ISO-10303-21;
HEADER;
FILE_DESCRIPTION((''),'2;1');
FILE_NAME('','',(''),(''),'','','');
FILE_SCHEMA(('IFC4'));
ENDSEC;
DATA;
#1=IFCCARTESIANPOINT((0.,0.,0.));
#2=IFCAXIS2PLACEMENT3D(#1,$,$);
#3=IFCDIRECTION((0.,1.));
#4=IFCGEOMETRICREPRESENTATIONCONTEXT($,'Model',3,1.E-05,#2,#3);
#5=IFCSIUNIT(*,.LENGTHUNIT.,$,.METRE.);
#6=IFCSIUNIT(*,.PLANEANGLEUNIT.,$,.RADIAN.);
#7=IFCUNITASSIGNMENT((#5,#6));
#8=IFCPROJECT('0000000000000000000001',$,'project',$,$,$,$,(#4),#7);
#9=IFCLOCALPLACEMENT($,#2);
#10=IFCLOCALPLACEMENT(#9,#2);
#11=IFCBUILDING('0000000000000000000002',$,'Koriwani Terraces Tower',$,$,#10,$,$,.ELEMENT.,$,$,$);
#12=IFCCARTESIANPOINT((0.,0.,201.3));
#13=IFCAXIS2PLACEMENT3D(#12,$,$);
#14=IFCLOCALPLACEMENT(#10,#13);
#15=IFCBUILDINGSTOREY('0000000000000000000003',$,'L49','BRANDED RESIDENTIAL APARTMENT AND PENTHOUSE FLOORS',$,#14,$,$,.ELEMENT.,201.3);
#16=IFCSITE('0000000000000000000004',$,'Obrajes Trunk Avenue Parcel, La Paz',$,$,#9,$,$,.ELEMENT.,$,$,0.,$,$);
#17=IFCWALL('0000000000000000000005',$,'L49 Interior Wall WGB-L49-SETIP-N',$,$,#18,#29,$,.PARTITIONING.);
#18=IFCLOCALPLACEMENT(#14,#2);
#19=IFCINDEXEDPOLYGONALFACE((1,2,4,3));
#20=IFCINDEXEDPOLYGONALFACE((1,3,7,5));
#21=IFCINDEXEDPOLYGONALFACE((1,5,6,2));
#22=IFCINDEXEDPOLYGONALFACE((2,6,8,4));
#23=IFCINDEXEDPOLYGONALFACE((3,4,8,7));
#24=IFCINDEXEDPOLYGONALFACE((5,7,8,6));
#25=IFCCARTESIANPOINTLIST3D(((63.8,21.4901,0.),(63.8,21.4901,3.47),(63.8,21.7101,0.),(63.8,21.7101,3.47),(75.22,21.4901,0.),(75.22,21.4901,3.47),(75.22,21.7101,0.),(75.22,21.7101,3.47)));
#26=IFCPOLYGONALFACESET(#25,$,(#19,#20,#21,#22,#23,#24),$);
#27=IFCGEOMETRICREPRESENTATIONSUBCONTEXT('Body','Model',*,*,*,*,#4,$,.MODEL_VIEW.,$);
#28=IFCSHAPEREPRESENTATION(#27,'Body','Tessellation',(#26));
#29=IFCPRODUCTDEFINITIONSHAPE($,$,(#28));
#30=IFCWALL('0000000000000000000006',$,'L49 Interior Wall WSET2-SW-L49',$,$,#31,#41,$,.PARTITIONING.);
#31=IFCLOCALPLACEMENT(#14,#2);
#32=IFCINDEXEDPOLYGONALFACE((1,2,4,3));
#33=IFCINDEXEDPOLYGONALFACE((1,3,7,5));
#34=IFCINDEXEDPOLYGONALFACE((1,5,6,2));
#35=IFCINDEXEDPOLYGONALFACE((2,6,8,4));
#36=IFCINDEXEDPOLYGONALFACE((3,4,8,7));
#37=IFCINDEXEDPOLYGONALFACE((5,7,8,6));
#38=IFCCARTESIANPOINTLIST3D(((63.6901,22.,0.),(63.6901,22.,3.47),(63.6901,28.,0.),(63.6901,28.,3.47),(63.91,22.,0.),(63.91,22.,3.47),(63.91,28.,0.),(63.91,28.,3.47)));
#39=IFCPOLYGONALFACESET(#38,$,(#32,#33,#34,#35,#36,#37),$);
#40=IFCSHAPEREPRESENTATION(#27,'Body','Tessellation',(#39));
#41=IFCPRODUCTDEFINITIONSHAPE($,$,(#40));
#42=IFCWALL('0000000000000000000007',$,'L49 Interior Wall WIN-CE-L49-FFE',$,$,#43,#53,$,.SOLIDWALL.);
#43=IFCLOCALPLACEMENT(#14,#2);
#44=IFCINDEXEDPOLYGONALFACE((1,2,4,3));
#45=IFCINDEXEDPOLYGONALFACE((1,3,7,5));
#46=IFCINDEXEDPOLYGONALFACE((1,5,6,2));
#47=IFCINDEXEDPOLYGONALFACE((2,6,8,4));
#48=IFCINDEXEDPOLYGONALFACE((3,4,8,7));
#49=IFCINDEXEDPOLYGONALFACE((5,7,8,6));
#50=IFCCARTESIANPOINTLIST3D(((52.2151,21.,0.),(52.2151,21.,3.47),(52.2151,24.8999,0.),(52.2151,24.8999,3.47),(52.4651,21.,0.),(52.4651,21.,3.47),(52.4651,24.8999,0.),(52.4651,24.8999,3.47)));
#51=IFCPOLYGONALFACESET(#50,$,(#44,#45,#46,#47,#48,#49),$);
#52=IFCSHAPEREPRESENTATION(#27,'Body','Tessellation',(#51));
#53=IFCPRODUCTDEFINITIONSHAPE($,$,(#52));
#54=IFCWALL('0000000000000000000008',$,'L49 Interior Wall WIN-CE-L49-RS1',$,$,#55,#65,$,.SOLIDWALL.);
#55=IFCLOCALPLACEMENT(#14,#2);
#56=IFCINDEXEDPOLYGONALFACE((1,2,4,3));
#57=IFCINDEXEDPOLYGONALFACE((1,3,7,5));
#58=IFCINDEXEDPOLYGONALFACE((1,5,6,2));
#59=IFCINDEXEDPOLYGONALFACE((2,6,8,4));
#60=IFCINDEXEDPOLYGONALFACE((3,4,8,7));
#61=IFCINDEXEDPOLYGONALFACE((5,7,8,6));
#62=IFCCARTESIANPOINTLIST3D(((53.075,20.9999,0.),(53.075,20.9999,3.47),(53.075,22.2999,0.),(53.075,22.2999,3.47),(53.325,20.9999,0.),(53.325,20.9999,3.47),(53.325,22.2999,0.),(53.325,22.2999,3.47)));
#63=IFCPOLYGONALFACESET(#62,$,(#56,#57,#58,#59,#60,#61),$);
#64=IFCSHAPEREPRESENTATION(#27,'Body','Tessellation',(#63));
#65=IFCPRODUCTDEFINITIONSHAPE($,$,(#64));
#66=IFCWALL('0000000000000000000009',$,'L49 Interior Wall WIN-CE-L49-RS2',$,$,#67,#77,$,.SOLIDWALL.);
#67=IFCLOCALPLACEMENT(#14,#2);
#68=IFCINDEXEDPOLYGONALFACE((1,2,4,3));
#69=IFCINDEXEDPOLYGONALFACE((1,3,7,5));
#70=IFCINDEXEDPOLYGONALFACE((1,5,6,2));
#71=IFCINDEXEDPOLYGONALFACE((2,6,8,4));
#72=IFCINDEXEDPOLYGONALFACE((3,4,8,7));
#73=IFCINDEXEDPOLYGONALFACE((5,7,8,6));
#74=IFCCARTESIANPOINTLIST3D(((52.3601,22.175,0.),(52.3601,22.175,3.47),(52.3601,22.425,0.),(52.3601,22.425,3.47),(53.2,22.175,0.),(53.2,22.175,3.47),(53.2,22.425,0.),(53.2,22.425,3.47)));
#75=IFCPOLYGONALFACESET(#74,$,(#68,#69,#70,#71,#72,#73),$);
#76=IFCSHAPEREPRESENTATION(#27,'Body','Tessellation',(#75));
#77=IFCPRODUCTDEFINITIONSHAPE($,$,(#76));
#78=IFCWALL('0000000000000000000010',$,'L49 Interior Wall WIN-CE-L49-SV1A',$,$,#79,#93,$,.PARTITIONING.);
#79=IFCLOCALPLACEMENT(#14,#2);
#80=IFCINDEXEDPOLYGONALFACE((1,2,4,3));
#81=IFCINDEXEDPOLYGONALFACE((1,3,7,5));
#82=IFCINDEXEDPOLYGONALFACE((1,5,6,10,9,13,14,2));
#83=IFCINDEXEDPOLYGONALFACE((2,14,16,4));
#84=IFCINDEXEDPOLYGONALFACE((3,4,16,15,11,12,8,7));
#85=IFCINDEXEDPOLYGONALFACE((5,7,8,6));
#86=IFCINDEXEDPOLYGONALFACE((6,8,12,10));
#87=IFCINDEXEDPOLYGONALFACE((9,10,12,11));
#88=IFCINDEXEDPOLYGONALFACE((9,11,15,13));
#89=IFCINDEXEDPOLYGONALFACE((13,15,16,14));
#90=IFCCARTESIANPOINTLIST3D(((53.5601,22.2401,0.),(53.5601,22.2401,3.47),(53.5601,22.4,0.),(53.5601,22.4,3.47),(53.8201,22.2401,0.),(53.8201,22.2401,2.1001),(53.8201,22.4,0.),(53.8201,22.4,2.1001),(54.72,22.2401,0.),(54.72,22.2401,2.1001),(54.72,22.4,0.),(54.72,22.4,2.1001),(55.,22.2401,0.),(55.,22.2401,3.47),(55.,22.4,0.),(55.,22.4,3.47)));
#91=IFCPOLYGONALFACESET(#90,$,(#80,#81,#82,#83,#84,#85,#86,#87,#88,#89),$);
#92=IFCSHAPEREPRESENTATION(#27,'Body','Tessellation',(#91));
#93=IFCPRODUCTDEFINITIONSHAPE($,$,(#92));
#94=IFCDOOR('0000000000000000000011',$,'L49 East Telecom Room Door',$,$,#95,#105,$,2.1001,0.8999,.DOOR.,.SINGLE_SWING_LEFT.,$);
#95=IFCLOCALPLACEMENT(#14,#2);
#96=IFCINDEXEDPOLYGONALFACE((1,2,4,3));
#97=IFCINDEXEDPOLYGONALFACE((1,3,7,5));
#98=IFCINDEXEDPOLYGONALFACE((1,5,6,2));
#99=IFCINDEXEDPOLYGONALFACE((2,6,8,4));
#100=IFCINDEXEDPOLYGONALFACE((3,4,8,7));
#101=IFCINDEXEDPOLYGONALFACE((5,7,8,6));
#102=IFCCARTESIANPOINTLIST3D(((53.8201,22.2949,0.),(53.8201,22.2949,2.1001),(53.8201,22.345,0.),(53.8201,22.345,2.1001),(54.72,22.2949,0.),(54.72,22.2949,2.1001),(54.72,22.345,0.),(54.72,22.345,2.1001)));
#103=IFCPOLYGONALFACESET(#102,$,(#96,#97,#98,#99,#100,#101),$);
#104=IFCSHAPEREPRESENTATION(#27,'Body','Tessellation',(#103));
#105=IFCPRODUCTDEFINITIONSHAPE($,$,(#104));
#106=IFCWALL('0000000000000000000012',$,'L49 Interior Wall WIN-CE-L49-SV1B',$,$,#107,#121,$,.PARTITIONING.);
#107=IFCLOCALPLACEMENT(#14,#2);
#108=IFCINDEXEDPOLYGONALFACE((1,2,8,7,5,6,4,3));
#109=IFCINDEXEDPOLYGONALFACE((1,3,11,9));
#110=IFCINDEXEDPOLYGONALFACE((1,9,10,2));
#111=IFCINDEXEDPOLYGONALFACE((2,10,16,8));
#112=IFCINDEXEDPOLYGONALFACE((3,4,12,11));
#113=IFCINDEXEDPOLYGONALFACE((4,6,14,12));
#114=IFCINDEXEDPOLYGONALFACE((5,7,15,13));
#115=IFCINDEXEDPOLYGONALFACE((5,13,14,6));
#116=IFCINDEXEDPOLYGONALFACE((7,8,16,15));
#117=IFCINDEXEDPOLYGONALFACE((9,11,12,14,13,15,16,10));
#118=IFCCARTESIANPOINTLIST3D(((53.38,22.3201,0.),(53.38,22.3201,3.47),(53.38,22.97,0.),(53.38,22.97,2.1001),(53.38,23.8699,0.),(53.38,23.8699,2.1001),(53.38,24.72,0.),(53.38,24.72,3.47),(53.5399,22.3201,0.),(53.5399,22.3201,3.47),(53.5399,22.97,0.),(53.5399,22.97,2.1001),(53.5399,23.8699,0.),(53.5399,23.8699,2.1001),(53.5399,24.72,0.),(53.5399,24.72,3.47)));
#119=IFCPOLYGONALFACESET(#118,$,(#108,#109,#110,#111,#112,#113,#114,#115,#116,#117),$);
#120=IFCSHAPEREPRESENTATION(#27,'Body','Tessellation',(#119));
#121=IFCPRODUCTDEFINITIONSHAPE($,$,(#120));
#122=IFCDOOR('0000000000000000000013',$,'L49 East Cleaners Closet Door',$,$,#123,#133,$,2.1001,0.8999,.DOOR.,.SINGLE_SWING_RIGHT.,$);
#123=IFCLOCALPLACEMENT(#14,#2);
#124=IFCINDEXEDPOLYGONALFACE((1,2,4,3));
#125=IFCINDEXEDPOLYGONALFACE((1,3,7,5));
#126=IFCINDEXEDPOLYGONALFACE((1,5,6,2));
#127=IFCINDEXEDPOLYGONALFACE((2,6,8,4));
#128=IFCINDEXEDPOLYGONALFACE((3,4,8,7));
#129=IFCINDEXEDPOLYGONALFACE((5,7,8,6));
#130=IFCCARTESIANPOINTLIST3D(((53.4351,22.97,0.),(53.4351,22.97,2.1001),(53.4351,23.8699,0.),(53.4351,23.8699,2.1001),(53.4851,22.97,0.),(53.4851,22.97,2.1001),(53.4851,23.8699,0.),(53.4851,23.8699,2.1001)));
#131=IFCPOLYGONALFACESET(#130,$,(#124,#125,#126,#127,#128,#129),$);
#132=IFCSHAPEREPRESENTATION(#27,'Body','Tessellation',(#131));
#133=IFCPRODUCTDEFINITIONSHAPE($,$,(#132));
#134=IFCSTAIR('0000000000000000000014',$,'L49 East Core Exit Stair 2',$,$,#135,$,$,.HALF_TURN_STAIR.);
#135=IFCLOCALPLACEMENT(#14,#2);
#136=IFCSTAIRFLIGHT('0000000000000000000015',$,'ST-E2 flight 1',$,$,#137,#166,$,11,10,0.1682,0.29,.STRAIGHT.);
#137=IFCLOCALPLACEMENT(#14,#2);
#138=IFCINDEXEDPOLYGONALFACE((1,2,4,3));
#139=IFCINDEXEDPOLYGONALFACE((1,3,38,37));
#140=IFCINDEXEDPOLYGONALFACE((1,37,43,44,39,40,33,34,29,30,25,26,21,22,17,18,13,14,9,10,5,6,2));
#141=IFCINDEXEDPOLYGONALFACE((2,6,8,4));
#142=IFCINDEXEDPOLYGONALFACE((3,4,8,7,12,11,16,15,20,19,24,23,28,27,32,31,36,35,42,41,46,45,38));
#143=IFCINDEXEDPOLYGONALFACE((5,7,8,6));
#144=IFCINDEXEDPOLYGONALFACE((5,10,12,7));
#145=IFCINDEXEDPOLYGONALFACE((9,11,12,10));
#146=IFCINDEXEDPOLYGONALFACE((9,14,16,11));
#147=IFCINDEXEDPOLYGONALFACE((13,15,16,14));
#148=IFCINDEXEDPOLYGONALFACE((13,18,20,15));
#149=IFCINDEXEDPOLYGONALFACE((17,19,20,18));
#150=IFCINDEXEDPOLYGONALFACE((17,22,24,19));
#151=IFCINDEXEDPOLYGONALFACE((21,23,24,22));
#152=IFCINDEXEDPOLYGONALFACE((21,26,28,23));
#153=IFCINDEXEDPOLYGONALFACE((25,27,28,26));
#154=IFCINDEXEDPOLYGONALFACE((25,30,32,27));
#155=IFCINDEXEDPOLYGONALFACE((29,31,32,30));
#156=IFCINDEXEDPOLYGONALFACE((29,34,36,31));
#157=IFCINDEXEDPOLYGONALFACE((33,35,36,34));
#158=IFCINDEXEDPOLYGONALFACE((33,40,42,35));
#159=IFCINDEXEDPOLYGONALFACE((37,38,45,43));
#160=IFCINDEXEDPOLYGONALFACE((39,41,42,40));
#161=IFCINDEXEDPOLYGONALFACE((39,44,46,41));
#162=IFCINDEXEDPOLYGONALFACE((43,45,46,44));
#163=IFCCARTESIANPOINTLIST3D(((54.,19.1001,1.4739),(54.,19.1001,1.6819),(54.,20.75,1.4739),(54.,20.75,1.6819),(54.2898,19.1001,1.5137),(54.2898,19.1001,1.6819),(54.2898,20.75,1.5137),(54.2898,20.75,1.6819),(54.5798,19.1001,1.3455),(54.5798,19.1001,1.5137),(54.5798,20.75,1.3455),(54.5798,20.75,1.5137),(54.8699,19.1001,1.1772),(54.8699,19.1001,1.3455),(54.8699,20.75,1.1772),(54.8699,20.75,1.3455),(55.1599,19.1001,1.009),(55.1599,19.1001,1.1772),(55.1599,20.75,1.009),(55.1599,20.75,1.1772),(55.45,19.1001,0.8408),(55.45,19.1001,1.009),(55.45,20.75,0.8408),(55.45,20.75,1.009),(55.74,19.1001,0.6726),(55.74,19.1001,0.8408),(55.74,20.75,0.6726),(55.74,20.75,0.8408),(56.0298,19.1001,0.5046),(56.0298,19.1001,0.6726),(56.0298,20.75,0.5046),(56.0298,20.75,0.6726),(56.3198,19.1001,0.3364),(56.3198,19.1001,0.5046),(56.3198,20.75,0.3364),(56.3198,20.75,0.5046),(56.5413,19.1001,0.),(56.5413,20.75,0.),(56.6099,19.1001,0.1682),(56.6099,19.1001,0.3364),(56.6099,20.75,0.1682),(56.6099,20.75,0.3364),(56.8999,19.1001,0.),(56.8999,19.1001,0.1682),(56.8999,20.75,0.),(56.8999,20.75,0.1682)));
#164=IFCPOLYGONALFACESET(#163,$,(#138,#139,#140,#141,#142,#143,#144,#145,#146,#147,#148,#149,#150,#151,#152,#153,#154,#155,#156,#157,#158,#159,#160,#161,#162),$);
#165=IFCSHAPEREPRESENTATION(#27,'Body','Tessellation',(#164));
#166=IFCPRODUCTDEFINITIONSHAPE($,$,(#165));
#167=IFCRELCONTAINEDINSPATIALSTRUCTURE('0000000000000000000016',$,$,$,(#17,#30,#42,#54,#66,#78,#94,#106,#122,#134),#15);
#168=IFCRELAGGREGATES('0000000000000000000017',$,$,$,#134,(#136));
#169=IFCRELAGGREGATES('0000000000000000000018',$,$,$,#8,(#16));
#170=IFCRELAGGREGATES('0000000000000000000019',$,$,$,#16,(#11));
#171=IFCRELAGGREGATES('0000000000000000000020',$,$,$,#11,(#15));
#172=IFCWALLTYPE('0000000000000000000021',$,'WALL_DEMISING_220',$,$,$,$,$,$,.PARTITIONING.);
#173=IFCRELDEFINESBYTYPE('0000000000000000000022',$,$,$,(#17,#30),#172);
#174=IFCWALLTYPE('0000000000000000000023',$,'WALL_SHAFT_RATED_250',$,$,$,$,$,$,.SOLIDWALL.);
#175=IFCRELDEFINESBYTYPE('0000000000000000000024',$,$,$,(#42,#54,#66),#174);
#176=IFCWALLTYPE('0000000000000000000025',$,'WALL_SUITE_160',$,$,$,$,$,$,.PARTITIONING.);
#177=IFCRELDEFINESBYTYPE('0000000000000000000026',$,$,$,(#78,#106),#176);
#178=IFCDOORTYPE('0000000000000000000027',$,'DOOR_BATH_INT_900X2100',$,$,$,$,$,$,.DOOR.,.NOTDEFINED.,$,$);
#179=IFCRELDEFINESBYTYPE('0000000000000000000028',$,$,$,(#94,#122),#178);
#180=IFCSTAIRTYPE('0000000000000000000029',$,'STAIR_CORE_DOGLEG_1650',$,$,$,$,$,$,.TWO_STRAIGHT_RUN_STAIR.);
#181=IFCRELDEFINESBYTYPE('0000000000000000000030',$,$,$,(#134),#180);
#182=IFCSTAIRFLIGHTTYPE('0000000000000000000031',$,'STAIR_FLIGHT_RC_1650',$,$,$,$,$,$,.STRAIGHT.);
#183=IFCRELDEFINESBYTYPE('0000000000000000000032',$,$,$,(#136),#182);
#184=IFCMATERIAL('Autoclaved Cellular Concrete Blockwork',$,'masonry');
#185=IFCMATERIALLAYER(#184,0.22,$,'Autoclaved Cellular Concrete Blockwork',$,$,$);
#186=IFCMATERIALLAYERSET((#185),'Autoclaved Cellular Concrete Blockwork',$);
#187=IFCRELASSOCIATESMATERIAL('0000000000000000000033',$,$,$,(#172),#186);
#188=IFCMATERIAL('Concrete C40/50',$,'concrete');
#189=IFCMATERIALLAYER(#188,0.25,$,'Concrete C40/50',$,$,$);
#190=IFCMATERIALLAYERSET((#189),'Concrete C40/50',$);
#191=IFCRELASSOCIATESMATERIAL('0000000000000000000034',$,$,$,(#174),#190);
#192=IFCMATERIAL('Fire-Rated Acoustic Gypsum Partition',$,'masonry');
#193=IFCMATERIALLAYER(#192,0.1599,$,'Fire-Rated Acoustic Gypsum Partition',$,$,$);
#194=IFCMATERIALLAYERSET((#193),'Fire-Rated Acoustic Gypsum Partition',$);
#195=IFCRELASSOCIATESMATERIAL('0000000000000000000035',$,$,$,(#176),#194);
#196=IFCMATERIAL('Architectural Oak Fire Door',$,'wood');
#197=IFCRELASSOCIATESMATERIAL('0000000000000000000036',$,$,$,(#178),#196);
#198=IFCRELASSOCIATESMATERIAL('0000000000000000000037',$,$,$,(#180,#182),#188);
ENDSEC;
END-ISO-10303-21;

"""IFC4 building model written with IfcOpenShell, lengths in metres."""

from ifc_helpers import new_model, si_unit, direction, frame, frame_2d, origin, place, context, subcontext, project, spatial, polyline, rectangle, outline, extrude, material, layer, layer_set, type_object, element, fill, aggregate, save


model = new_model("IFC4")

# Units and contexts
model_context = context("Model", 3, precision=1e-05, world=origin(), true_north=direction((0.0, 1.0)))
body_context = subcontext(model_context, "Body", "Model", "MODEL_VIEW")
ifc_project = project(units=[si_unit("LENGTHUNIT", "METRE"), si_unit("PLANEANGLEUNIT", "RADIAN")], contexts=[model_context])

# Site, building, storey
site_placement = place(None, origin())
site = spatial("IfcSite", under=ifc_project, at=site_placement, Name="Obrajes Trunk Avenue Parcel, La Paz", CompositionType="ELEMENT", RefElevation=0.0)
building_placement = place(site_placement, origin())
building = spatial("IfcBuilding", under=site, at=building_placement, Name="Koriwani Terraces Tower", CompositionType="ELEMENT")
storey_placement = place(building_placement, frame((0.0, 0.0, 201.3)))
storey = spatial("IfcBuildingStorey", under=building, at=storey_placement, Name="L49", Description="BRANDED RESIDENTIAL APARTMENT AND PENTHOUSE FLOORS", CompositionType="ELEMENT", Elevation=201.3)

# Shared definitions
ifc_material_1 = material(Name="Autoclaved Cellular Concrete Blockwork", Category="masonry")
ifc_material_2 = material(Name="Architectural Oak Fire Door", Category="wood")

# Walls
ifc_layer_1 = layer(ifc_material_1, 0.22, Name="Autoclaved Cellular Concrete Blockwork")
ifc_layer_set_1 = layer_set([ifc_layer_1], Name="Autoclaved Cellular Concrete Blockwork")
wall_type_1 = type_object("IfcWallType", Name="WALL_DEMISING_220", PredefinedType="PARTITIONING", material=ifc_layer_set_1)
wall_1_placement = place(storey_placement, frame((63.8, 21.6001, 0.0), z_axis=(0.0, 0.0, 1.0), x_axis=(1.0, 0.0, 0.0)))
element("IfcWall", 1, at=wall_1_placement, inside=storey, type_object=wall_type_1, Name="L49 Interior Wall WGB-L49-SETIP-N", PredefinedType="PARTITIONING", context=body_context, shape_type="SweptSolid", body=[
    extrude(rectangle(XDim=11.4199, YDim=0.22, at=frame_2d((5.71, 0.0))), origin(), (0.0, 0.0, 1.0), 3.47),
])
wall_2_placement = place(storey_placement, frame((63.8, 22.0, 0.0), z_axis=(0.0, 0.0, 1.0), x_axis=(0.0, 1.0, 0.0)))
element("IfcWall", 2, at=wall_2_placement, inside=storey, type_object=wall_type_1, Name="L49 Interior Wall WSET2-SW-L49", PredefinedType="PARTITIONING", context=body_context, shape_type="SweptSolid", body=[
    extrude(rectangle(XDim=6.0, YDim=0.22, at=frame_2d((3.0, 0.0))), origin(), (0.0, 0.0, 1.0), 3.47),
])
ifc_material_3 = material(Name="Concrete C40/50", Category="concrete")
ifc_layer_2 = layer(ifc_material_3, 0.25, Name="Concrete C40/50")
ifc_layer_set_2 = layer_set([ifc_layer_2], Name="Concrete C40/50")
wall_type_2 = type_object("IfcWallType", Name="WALL_SHAFT_RATED_250", PredefinedType="SOLIDWALL", material=ifc_layer_set_2)
wall_3_placement = place(storey_placement, frame((52.3401, 21.0, 0.0), z_axis=(0.0, 0.0, 1.0), x_axis=(0.0, 1.0, 0.0)))
element("IfcWall", 3, at=wall_3_placement, inside=storey, type_object=wall_type_2, Name="L49 Interior Wall WIN-CE-L49-FFE", PredefinedType="SOLIDWALL", context=body_context, shape_type="SweptSolid", body=[
    extrude(rectangle(XDim=3.8999, YDim=0.25, at=frame_2d((1.95, 0.0))), origin(), (0.0, 0.0, 1.0), 3.47),
])

# Walls
wall_4_placement = place(storey_placement, frame((53.2, 21.0, 0.0), z_axis=(0.0, 0.0, 1.0), x_axis=(0.0, 1.0, 0.0)))
element("IfcWall", 4, at=wall_4_placement, inside=storey, type_object=wall_type_2, Name="L49 Interior Wall WIN-CE-L49-RS1", PredefinedType="SOLIDWALL", context=body_context, shape_type="SweptSolid", body=[
    extrude(rectangle(XDim=1.3, YDim=0.25, at=frame_2d((0.6499, 0.0))), origin(), (0.0, 0.0, 1.0), 3.47),
])
wall_5_placement = place(storey_placement, frame((52.3601, 22.3, 0.0), z_axis=(0.0, 0.0, 1.0), x_axis=(1.0, 0.0, 0.0)))
element("IfcWall", 5, at=wall_5_placement, inside=storey, type_object=wall_type_2, Name="L49 Interior Wall WIN-CE-L49-RS2", PredefinedType="SOLIDWALL", context=body_context, shape_type="SweptSolid", body=[
    extrude(rectangle(XDim=0.8398, YDim=0.25, at=frame_2d((0.4199, 0.0))), origin(), (0.0, 0.0, 1.0), 3.47),
])

# Walls, openings, doors
ifc_material_4 = material(Name="Fire-Rated Acoustic Gypsum Partition", Category="masonry")
ifc_layer_3 = layer(ifc_material_4, 0.1599, Name="Fire-Rated Acoustic Gypsum Partition")
ifc_layer_set_3 = layer_set([ifc_layer_3], Name="Fire-Rated Acoustic Gypsum Partition")
wall_type_3 = type_object("IfcWallType", Name="WALL_SUITE_160", PredefinedType="PARTITIONING", material=ifc_layer_set_3)
wall_6_placement = place(storey_placement, frame((53.5601, 22.3201, 0.0), z_axis=(0.0, 0.0, 1.0), x_axis=(1.0, 0.0, 0.0)))
wall_6 = element("IfcWall", 6, at=wall_6_placement, inside=storey, type_object=wall_type_3, Name="L49 Interior Wall WIN-CE-L49-SV1A", PredefinedType="PARTITIONING", context=body_context, shape_type="SweptSolid", body=[
    extrude(rectangle(XDim=1.4399, YDim=0.1599, at=frame_2d((0.72, 0.0))), origin(), (0.0, 0.0, 1.0), 3.47),
])
opening_1_placement = place(wall_6_placement, frame((0.26, 0.0, 0.0)))
opening_1 = element("IfcOpeningElement", 7, at=opening_1_placement, cuts=wall_6, PredefinedType="OPENING", context=body_context, shape_type="SweptSolid", body=[
    extrude(rectangle(XDim=0.8999, YDim=2.1001, at=frame_2d((0.45, 1.05))), frame((0.0, 0.0898, 0.0), z_axis=(0.0, -1.0, 0.0), x_axis=(1.0, 0.0, 0.0)), (0.0, 0.0, 1.0), 0.1799),
])
door_type_1 = type_object("IfcDoorType", Name="DOOR_BATH_INT_900X2100", OperationType="NOTDEFINED", PredefinedType="DOOR", material=ifc_material_2)
door_1_placement = place(opening_1_placement, origin())
door_1 = element("IfcDoor", 8, at=door_1_placement, inside=storey, type_object=door_type_1, Name="L49 East Telecom Room Door", OperationType="SINGLE_SWING_LEFT", OverallHeight=2.1001, OverallWidth=0.8999, PredefinedType="DOOR", context=body_context, shape_type="SweptSolid", body=[
    extrude(rectangle(XDim=0.8999, YDim=2.1001, at=frame_2d((0.45, 1.05))), frame((0.0, 0.0249, 0.0), z_axis=(0.0, -1.0, 0.0), x_axis=(1.0, 0.0, 0.0)), (0.0, 0.0, 1.0), 0.05),
])
fill(opening_1, door_1)
wall_7_placement = place(storey_placement, frame((53.46, 22.3201, 0.0), z_axis=(0.0, 0.0, 1.0), x_axis=(0.0, 1.0, 0.0)))
wall_7 = element("IfcWall", 9, at=wall_7_placement, inside=storey, type_object=wall_type_3, Name="L49 Interior Wall WIN-CE-L49-SV1B", PredefinedType="PARTITIONING", context=body_context, shape_type="SweptSolid", body=[
    extrude(rectangle(XDim=2.3999, YDim=0.1599, at=frame_2d((1.2, 0.0))), origin(), (0.0, 0.0, 1.0), 3.47),
])
opening_2_placement = place(wall_7_placement, frame((0.6499, 0.0, 0.0)))
opening_2 = element("IfcOpeningElement", 10, at=opening_2_placement, cuts=wall_7, PredefinedType="OPENING", context=body_context, shape_type="SweptSolid", body=[
    extrude(rectangle(XDim=0.8999, YDim=2.1001, at=frame_2d((0.45, 1.05))), frame((0.0, 0.0898, 0.0), z_axis=(0.0, -1.0, 0.0), x_axis=(1.0, 0.0, 0.0)), (0.0, 0.0, 1.0), 0.1799),
])
door_2_placement = place(opening_2_placement, origin())
door_2 = element("IfcDoor", 11, at=door_2_placement, inside=storey, type_object=door_type_1, Name="L49 East Cleaners Closet Door", OperationType="SINGLE_SWING_RIGHT", OverallHeight=2.1001, OverallWidth=0.8999, PredefinedType="DOOR", context=body_context, shape_type="SweptSolid", body=[
    extrude(rectangle(XDim=0.8999, YDim=2.1001, at=frame_2d((0.45, 1.05))), frame((0.0, 0.0249, 0.0), z_axis=(0.0, -1.0, 0.0), x_axis=(1.0, 0.0, 0.0)), (0.0, 0.0, 1.0), 0.05),
])
fill(opening_2, door_2)

# Stair, stair flight
stair_type = type_object("IfcStairType", Name="STAIR_CORE_DOGLEG_1650", PredefinedType="TWO_STRAIGHT_RUN_STAIR", material=ifc_material_3)
stair_placement = place(storey_placement, origin())
stair = element("IfcStair", 12, at=stair_placement, inside=storey, type_object=stair_type, Name="L49 East Core Exit Stair 2", PredefinedType="HALF_TURN_STAIR")
stair_flight_type = type_object("IfcStairFlightType", Name="STAIR_FLIGHT_RC_1650", PredefinedType="STRAIGHT", material=ifc_material_3)
stair_flight_placement = place(storey_placement, frame((56.8999, 19.925, 0.0), z_axis=(0.0, 0.0, 1.0), x_axis=(-1.0, 0.0, 0.0)))
stair_flight = element("IfcStairFlight", 13, at=stair_flight_placement, type_object=stair_flight_type, Name="ST-E2 flight 1", NumberOfRisers=11, NumberOfTreads=10, PredefinedType="STRAIGHT", RiserHeight=0.1682, TreadLength=0.29, context=body_context, shape_type="SweptSolid", body=[
    extrude(outline(polyline([(0.0, 0.0), (0.0, 0.1682), (0.29, 0.1682), (0.29, 0.3364), (0.5801, 0.3364), (0.5801, 0.5046), (0.8701, 0.5046), (0.8701, 0.6726), (1.1599, 0.6726), (1.1599, 0.8408), (1.45, 0.8408), (1.45, 1.009), (1.74, 1.009), (1.74, 1.1772), (2.03, 1.1772), (2.03, 1.3455), (2.3201, 1.3455), (2.3201, 1.5137), (2.6101, 1.5137), (2.6101, 1.6819), (2.8999, 1.6819), (2.8999, 1.8501), (2.8999, 1.4739), (0.3586, 0.0), (0.0, 0.0)])), frame((0.0, 0.825, 0.0), z_axis=(0.0, -1.0, 0.0), x_axis=(1.0, 0.0, 0.0)), (0.0, 0.0, 1.0), 1.6499),
])
aggregate(stair, [stair_flight])

save(model, "model.ifc")
